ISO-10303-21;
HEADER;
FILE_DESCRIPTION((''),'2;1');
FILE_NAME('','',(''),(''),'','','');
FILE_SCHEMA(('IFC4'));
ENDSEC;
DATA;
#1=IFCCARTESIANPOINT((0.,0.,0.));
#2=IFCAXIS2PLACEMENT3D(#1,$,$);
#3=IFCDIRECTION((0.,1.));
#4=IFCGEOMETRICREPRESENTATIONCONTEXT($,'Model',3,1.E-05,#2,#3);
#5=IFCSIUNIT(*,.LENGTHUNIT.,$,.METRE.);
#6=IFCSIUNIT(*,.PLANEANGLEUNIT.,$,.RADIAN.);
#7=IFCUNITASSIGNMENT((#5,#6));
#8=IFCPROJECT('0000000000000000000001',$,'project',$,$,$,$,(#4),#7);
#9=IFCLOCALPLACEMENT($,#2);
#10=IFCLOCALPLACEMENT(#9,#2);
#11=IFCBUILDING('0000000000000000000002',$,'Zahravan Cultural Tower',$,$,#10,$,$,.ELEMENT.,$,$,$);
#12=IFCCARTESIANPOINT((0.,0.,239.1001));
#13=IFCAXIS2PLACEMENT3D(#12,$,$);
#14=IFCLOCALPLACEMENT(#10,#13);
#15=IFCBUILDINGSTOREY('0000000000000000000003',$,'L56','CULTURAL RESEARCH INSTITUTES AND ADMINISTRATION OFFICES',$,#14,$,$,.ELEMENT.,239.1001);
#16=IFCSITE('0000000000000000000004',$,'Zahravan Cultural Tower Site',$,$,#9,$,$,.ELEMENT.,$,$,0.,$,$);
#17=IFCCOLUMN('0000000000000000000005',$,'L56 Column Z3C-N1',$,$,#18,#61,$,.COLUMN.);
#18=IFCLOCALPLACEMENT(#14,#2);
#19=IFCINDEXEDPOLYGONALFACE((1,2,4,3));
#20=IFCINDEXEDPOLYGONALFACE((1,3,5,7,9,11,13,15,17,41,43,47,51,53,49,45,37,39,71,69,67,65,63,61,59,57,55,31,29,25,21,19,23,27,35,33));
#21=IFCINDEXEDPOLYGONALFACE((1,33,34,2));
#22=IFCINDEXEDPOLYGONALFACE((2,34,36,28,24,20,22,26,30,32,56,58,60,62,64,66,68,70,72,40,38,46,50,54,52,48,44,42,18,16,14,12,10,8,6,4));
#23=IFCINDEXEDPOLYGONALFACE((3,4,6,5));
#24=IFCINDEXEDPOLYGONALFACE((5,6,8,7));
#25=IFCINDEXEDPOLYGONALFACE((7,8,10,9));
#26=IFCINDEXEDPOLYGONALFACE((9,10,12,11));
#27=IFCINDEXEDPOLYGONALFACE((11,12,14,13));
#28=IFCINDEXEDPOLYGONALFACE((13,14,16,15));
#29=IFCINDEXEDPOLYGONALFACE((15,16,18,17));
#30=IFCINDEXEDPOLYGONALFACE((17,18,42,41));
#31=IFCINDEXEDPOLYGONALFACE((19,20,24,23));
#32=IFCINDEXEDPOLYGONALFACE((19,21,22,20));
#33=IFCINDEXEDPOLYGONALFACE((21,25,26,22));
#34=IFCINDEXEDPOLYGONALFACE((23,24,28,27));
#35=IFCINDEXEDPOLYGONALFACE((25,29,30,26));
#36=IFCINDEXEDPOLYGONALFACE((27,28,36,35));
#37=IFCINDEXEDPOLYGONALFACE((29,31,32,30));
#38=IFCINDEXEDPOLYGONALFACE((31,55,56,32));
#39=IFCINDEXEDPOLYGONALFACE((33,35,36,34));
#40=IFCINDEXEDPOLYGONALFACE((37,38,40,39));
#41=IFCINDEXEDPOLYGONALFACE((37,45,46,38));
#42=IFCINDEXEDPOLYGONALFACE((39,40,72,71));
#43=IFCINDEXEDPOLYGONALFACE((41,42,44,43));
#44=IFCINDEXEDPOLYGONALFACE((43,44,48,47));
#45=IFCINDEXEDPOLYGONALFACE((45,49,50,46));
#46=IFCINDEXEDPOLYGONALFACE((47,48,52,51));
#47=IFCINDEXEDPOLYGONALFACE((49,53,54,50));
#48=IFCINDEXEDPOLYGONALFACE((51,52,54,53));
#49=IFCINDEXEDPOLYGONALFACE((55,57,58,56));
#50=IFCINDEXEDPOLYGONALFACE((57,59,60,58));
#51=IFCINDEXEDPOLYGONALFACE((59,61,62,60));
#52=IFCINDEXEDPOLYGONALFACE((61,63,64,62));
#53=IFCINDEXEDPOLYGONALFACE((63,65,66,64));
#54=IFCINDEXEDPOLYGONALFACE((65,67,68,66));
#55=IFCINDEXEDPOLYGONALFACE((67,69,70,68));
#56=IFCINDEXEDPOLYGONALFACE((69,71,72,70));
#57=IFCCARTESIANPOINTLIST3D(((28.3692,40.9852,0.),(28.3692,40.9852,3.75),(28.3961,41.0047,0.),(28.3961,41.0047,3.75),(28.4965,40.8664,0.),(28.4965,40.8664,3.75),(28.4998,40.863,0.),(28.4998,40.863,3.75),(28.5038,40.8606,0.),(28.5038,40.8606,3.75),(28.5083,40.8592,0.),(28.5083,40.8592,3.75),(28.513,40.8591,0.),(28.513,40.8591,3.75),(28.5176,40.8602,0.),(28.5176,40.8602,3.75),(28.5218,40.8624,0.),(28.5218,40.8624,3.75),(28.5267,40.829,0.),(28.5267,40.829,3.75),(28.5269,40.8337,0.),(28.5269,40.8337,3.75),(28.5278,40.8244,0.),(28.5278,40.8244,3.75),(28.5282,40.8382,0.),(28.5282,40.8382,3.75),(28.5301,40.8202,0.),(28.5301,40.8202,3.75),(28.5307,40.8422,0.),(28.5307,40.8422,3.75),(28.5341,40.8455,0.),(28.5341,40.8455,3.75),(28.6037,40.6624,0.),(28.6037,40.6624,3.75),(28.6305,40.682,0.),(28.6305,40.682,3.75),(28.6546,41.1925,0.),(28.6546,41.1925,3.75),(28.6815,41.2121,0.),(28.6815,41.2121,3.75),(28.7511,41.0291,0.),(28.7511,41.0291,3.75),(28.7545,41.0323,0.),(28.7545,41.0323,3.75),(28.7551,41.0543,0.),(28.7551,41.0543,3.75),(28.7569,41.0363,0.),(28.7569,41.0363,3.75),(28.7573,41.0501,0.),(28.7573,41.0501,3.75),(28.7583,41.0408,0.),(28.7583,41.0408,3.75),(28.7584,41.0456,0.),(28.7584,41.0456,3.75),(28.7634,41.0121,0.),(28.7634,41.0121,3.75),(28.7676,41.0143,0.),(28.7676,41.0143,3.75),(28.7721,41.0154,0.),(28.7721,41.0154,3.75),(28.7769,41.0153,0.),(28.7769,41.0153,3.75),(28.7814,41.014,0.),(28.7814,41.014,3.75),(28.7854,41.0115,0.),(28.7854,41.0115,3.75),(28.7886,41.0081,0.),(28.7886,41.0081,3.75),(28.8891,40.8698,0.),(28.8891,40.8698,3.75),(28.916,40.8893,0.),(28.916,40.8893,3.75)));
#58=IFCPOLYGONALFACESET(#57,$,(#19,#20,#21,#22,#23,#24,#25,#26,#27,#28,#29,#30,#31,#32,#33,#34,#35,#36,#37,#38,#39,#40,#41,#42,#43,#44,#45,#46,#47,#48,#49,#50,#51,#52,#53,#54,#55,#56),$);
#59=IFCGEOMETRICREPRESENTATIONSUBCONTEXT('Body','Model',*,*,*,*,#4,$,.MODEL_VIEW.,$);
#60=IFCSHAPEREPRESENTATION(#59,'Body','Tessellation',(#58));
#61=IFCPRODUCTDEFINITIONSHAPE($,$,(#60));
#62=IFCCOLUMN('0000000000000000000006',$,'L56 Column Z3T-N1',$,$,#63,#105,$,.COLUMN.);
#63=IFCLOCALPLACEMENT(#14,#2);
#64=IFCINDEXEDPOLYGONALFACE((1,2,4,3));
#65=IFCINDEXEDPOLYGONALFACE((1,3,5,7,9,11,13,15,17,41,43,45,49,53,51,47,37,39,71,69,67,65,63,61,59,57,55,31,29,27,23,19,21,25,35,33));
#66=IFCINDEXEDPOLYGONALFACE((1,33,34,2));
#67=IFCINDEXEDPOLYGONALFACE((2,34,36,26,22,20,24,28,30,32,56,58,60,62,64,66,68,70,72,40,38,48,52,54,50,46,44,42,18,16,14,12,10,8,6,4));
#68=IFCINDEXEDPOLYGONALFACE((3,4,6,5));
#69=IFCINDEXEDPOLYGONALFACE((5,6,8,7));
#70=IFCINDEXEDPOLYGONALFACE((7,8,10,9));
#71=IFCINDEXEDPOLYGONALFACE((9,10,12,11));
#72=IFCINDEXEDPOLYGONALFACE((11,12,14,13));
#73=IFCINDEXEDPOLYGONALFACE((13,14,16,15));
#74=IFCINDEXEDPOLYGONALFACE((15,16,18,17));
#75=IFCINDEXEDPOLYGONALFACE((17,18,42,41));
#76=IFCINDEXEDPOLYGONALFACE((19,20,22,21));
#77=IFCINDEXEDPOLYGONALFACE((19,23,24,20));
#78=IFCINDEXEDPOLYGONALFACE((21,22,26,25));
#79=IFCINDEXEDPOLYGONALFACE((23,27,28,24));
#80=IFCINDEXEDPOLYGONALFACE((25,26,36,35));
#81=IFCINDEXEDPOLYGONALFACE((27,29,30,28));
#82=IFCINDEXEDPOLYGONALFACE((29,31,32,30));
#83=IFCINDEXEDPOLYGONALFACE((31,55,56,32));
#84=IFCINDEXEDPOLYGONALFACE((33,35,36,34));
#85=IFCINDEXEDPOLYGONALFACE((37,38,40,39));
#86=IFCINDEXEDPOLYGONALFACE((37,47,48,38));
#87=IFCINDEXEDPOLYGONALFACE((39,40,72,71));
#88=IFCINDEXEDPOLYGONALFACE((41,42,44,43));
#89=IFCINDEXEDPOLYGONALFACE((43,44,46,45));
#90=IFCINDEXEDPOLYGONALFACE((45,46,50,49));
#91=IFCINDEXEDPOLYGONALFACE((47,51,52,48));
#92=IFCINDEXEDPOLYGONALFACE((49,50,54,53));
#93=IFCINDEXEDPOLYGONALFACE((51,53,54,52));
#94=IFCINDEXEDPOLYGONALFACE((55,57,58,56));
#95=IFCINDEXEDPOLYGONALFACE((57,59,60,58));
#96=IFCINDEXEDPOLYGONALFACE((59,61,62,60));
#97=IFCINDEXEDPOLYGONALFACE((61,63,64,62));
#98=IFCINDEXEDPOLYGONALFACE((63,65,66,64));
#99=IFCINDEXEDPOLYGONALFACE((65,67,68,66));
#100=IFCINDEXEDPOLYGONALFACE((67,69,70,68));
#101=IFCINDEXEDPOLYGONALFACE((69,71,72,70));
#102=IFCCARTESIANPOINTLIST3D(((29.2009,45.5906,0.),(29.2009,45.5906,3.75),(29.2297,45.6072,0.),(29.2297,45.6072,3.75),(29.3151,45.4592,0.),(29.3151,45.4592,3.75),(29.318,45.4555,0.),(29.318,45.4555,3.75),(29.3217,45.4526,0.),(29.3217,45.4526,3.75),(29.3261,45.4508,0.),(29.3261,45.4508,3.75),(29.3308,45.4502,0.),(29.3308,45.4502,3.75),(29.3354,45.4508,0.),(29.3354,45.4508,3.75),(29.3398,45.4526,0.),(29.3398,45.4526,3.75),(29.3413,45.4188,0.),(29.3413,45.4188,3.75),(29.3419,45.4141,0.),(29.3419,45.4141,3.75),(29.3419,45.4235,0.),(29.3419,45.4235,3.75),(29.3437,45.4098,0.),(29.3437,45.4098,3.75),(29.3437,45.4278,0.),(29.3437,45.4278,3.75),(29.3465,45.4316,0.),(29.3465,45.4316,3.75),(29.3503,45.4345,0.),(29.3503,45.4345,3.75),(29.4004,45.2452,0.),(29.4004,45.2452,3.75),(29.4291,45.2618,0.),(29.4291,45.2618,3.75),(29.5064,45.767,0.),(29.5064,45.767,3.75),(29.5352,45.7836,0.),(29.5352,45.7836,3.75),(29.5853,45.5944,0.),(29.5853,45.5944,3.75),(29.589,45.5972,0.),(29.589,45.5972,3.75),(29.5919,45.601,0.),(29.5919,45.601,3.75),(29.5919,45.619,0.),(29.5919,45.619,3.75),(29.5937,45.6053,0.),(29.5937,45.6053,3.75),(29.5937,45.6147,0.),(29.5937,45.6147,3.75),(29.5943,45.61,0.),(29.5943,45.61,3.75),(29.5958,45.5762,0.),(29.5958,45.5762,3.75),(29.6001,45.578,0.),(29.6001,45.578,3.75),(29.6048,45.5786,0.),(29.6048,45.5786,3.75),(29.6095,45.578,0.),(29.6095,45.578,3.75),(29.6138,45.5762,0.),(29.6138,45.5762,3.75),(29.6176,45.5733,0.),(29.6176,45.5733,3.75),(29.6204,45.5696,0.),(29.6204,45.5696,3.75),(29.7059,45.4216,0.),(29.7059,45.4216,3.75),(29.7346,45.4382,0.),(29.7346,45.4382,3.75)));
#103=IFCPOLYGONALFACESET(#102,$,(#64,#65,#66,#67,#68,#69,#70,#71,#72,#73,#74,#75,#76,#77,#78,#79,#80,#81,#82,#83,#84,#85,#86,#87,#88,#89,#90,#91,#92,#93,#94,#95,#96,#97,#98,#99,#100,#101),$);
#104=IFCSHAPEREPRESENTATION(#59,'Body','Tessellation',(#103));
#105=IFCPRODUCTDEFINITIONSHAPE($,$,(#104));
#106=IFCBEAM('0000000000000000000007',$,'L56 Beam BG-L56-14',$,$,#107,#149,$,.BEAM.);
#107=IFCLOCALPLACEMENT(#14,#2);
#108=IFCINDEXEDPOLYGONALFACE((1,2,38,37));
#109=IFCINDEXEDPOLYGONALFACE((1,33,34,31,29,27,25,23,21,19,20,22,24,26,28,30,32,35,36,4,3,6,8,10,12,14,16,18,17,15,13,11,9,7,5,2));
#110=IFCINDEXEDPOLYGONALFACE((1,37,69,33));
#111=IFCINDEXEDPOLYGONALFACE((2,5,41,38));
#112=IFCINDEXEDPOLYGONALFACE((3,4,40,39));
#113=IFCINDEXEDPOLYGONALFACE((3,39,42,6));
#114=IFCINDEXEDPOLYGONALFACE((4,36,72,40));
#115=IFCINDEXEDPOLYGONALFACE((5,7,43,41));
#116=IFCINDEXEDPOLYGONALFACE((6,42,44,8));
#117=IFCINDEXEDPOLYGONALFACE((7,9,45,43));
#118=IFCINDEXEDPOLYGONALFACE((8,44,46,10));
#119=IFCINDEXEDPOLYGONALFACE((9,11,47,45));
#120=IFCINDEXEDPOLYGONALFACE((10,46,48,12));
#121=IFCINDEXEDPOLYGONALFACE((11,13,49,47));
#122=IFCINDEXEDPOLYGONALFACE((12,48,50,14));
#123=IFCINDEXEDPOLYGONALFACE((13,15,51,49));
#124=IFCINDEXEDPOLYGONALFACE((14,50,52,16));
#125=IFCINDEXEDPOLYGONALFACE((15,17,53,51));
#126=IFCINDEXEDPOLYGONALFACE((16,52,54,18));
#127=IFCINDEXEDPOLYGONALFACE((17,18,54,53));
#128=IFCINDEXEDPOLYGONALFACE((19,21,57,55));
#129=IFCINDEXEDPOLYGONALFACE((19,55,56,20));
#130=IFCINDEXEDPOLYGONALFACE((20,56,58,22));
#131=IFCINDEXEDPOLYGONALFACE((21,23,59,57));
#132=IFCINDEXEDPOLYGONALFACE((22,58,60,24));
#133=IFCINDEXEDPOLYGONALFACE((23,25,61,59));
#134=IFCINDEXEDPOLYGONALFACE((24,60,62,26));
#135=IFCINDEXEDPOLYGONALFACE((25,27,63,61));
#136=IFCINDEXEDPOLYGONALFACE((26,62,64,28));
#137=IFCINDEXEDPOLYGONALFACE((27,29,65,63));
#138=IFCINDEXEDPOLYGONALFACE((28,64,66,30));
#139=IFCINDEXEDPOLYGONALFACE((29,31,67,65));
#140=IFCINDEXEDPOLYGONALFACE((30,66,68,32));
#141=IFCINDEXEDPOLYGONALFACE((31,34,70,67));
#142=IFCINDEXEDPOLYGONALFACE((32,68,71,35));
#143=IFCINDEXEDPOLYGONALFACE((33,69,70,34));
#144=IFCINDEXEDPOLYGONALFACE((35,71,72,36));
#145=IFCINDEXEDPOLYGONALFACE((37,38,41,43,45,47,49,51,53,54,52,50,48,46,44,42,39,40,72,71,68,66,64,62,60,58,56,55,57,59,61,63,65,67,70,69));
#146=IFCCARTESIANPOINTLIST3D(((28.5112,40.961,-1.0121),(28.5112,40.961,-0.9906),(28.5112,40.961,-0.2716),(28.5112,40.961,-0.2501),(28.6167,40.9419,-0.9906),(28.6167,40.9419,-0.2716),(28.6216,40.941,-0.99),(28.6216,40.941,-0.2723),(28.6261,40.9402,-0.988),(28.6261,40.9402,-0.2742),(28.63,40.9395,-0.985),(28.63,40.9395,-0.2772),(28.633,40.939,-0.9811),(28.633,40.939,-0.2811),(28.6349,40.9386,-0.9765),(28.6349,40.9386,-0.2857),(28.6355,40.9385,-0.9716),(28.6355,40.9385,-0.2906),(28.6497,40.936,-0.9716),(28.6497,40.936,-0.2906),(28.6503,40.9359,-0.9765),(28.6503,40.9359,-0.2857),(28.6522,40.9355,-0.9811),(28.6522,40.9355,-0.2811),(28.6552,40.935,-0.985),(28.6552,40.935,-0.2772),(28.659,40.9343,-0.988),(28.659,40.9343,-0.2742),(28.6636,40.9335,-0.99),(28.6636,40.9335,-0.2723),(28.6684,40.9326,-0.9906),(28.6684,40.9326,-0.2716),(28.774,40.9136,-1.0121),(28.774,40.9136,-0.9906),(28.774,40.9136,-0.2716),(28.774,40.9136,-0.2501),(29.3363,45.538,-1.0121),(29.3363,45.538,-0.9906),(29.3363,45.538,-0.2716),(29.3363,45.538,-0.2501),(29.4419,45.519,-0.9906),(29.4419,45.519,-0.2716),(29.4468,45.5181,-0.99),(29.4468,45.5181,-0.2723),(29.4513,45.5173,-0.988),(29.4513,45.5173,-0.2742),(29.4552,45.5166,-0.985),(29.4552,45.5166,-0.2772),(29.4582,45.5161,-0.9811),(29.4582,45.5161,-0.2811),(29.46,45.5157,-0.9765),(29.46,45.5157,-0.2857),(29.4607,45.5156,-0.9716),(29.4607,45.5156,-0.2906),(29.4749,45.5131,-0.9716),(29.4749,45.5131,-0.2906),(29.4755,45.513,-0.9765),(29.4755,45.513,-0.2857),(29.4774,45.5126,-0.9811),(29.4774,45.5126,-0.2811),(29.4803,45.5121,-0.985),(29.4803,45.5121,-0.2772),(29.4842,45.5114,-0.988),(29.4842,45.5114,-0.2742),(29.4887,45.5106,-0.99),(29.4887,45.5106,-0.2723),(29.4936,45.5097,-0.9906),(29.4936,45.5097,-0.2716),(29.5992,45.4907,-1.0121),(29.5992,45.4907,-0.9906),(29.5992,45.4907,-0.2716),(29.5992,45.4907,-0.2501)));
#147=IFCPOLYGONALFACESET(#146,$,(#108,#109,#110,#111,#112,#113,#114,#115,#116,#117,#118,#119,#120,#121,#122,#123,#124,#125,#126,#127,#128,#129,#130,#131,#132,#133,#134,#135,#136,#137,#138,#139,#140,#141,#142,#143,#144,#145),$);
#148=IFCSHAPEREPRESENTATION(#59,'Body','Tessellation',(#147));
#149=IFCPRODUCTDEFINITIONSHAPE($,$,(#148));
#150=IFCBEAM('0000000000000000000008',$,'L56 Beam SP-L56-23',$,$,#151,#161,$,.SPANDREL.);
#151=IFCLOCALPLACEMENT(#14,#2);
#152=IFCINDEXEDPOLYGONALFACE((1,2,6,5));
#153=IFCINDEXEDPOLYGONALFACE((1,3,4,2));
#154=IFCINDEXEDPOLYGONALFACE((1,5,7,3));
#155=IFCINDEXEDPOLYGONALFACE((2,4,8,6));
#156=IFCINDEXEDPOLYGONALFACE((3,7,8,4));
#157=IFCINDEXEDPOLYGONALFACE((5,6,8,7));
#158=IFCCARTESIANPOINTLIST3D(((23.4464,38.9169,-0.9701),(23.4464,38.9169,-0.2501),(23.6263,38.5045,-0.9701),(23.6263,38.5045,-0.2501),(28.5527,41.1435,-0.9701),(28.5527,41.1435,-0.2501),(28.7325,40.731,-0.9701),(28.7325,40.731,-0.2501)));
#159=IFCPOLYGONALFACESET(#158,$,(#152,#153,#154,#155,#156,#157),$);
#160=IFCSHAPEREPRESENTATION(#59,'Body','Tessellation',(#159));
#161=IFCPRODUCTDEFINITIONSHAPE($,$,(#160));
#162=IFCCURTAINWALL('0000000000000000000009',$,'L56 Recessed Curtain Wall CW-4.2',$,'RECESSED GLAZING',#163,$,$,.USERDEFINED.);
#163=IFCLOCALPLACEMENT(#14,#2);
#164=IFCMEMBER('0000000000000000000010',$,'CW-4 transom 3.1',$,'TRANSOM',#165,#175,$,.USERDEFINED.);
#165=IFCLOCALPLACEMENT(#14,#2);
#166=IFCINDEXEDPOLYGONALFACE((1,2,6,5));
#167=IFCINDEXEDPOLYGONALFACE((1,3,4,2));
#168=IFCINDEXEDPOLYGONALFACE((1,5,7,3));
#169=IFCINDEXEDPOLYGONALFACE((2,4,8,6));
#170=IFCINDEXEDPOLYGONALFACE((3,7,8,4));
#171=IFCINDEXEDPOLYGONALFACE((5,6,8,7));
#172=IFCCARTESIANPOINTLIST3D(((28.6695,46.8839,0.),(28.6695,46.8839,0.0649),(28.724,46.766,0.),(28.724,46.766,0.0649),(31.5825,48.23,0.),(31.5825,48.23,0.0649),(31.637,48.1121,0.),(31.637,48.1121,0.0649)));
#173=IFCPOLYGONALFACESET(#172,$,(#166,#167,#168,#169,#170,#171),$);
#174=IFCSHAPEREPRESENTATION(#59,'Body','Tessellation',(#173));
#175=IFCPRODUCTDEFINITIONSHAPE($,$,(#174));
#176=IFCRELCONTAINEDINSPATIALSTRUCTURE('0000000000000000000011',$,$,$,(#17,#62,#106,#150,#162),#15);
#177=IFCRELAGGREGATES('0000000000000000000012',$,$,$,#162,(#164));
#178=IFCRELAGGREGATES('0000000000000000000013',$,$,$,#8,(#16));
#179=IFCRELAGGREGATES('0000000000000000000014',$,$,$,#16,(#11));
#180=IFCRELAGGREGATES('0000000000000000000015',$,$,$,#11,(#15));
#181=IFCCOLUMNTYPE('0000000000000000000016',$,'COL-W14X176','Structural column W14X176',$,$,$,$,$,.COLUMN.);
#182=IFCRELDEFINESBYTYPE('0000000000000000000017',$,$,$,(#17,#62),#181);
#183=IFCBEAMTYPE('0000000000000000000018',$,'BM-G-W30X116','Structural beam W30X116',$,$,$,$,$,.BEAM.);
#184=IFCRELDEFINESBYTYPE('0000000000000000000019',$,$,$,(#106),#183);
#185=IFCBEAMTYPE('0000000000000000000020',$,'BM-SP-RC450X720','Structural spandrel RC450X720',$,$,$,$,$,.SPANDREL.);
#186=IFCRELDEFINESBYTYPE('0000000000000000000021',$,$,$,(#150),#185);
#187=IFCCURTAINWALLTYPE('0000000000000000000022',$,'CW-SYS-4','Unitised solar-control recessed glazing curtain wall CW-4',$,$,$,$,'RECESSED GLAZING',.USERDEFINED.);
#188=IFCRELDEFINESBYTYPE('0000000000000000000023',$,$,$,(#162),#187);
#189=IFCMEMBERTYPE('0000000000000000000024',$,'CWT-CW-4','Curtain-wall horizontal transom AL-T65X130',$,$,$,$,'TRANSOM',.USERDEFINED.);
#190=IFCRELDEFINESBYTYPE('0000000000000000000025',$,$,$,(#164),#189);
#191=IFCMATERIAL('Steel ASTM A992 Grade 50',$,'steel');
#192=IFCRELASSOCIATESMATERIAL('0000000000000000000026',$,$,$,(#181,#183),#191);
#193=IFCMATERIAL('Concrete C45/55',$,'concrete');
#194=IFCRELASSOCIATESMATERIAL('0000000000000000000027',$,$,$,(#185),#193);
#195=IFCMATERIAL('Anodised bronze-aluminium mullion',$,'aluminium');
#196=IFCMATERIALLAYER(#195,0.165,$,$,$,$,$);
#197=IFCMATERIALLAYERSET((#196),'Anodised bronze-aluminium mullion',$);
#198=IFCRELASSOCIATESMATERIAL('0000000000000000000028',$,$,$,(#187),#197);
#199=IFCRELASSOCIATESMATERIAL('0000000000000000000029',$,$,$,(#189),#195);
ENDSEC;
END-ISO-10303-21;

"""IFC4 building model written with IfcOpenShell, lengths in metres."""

from ifc_helpers import new_model, si_unit, direction, frame, origin, origin_2d, place, context, subcontext, project, spatial, rectangle, i_section, extrude, source, transform, mapped, material, layer, layer_set, material_profile, profile_set, type_object, element, aggregate, save


model = new_model("IFC4")

# Units and contexts
model_context = context("Model", 3, precision=1e-05, world=origin(), true_north=direction((0.0, 1.0)))
body_context = subcontext(model_context, "Body", "Model", "MODEL_VIEW")
ifc_project = project(units=[si_unit("LENGTHUNIT", "METRE"), si_unit("PLANEANGLEUNIT", "RADIAN")], contexts=[model_context])

# Site, building, storey
site_placement = place(None, origin())
site = spatial("IfcSite", under=ifc_project, at=site_placement, Name="Zahravan Cultural Tower Site", CompositionType="ELEMENT", RefElevation=0.0)
building_placement = place(site_placement, origin())
building = spatial("IfcBuilding", under=site, at=building_placement, Name="Zahravan Cultural Tower", CompositionType="ELEMENT")
storey_placement = place(building_placement, frame((0.0, 0.0, 239.1001)))
storey = spatial("IfcBuildingStorey", under=building, at=storey_placement, Name="L56", Description="CULTURAL RESEARCH INSTITUTES AND ADMINISTRATION OFFICES", CompositionType="ELEMENT", Elevation=239.1001)

# Columns
ifc_material_1 = material(Name="Steel ASTM A992 Grade 50", Category="steel")
ifc_material_profile_1 = material_profile(ifc_material_1, i_section(OverallWidth=0.3989, OverallDepth=0.386, WebThickness=0.021, FlangeThickness=0.0332, FilletRadius=0.0181, at=origin_2d()), Name="W14X176")
ifc_profile_set_1 = profile_set([ifc_material_profile_1], Name="Steel ASTM A992 Grade 50")
column_type = type_object("IfcColumnType", Name="COL-W14X176", Description="Structural column W14X176", PredefinedType="COLUMN", material=ifc_profile_set_1)
shared_shape_1 = source(origin(), body_context, "Body", "SweptSolid", [
    extrude(i_section(OverallWidth=0.3989, OverallDepth=0.386, WebThickness=0.021, FlangeThickness=0.0332, FilletRadius=0.0181, at=origin_2d()), origin(), (0.0, 0.0, 1.0), 3.75),
])
for number, where, z_axis, x_axis, name in (
    (1, (28.6426, 40.9373, 0.0), (0.0, 0.0, 1.0), (-0.587785, 0.809017, 0.0), "L56 Column Z3C-N1"),
    (2, (29.4678, 45.5144, 0.0), (0.0, 0.0, 1.0), (-0.5, 0.866025, 0.0), "L56 Column Z3T-N1"),
):
    element("IfcColumn", number, at=place(storey_placement, frame(where, z_axis=z_axis, x_axis=x_axis)), inside=storey, type_object=column_type, Name=name, PredefinedType="COLUMN", context=body_context, shape_type="MappedRepresentation", body=[
        mapped(shared_shape_1, transform((0.0, 0.0, 0.0), x_axis=(1.0, 0.0, 0.0), y_axis=(0.0, 1.0, 0.0), z_axis=(0.0, 0.0, 1.0), scale=1.0)),
    ])

# Beams
ifc_material_profile_2 = material_profile(ifc_material_1, i_section(OverallWidth=0.2671, OverallDepth=0.762, WebThickness=0.0144, FlangeThickness=0.0215, FilletRadius=0.019, at=origin_2d()), Name="W30X116")
ifc_profile_set_2 = profile_set([ifc_material_profile_2], Name="Steel ASTM A992 Grade 50")
beam_type_1 = type_object("IfcBeamType", Name="BM-G-W30X116", Description="Structural beam W30X116", PredefinedType="BEAM", material=ifc_profile_set_2)
shared_shape_2 = source(origin(), body_context, "Body", "SweptSolid", [
    extrude(i_section(OverallWidth=0.2671, OverallDepth=0.762, WebThickness=0.0144, FlangeThickness=0.0215, FilletRadius=0.019, at=origin_2d()), origin(), (0.0, 0.0, 1.0), 4.6509),
])
beam_1_placement = place(storey_placement, frame((28.6426, 40.9373, -0.6311), z_axis=(0.177426, 0.984134, 0.0), x_axis=(-0.984134, 0.177426, 0.0)))
element("IfcBeam", 3, at=beam_1_placement, inside=storey, type_object=beam_type_1, Name="L56 Beam BG-L56-14", PredefinedType="BEAM", context=body_context, shape_type="MappedRepresentation", body=[
    mapped(shared_shape_2, transform((0.0, 0.0, 0.0), x_axis=(1.0, 0.0, 0.0), y_axis=(0.0, 1.0, 0.0), z_axis=(0.0, 0.0, 1.0), scale=1.0)),
])
ifc_material_2 = material(Name="Concrete C45/55", Category="concrete")
ifc_material_profile_3 = material_profile(ifc_material_2, rectangle(XDim=0.45, YDim=0.72, at=origin_2d()), Name="RC450X720")
ifc_profile_set_3 = profile_set([ifc_material_profile_3], Name="Concrete C45/55")
beam_type_2 = type_object("IfcBeamType", Name="BM-SP-RC450X720", Description="Structural spandrel RC450X720", PredefinedType="SPANDREL", material=ifc_profile_set_3)
shared_shape_3 = source(origin(), body_context, "Body", "SweptSolid", [
    extrude(rectangle(XDim=0.45, YDim=0.72, at=origin_2d()), origin(), (0.0, 0.0, 1.0), 5.5706),
])
beam_2_placement = place(storey_placement, frame((28.6426, 40.9373, -0.6101), z_axis=(-0.916645, -0.399703, 0.0), x_axis=(0.399703, -0.916645, 0.0)))
element("IfcBeam", 4, at=beam_2_placement, inside=storey, type_object=beam_type_2, Name="L56 Beam SP-L56-23", PredefinedType="SPANDREL", context=body_context, shape_type="MappedRepresentation", body=[
    mapped(shared_shape_3, transform((0.0, 0.0, 0.0), x_axis=(1.0, 0.0, 0.0), y_axis=(0.0, 1.0, 0.0), z_axis=(0.0, 0.0, 1.0), scale=1.0)),
])

# Curtain wall, member
ifc_material_3 = material(Name="Anodised bronze-aluminium mullion", Category="aluminium")
ifc_layer_1 = layer(ifc_material_3, 0.165)
ifc_layer_set_1 = layer_set([ifc_layer_1], Name="Anodised bronze-aluminium mullion")
curtain_wall_type = type_object("IfcCurtainWallType", Name="CW-SYS-4", Description="Unitised solar-control recessed glazing curtain wall CW-4", ElementType="RECESSED GLAZING", PredefinedType="USERDEFINED", material=ifc_layer_set_1)
curtain_wall_placement = place(storey_placement, origin())
curtain_wall = element("IfcCurtainWall", 5, at=curtain_wall_placement, inside=storey, type_object=curtain_wall_type, Name="L56 Recessed Curtain Wall CW-4.2", ObjectType="RECESSED GLAZING", PredefinedType="USERDEFINED")
ifc_material_profile_4 = material_profile(ifc_material_3, rectangle(XDim=0.1299, YDim=0.0649, at=origin_2d()), Name="AL-T65X130")
ifc_profile_set_4 = profile_set([ifc_material_profile_4], Name="Anodised bronze-aluminium mullion")
member_type_1 = type_object("IfcMemberType", Name="CWT-CW-4", Description="Curtain-wall horizontal transom AL-T65X130", ElementType="TRANSOM", PredefinedType="USERDEFINED", material=ifc_profile_set_4)
shared_shape_4 = source(origin(), body_context, "Body", "SweptSolid", [
    extrude(rectangle(XDim=0.1299, YDim=0.0649, at=origin_2d()), origin(), (0.0, 0.0, 1.0), 3.209),
])
member_1_placement = place(storey_placement, frame((28.6968, 46.825, 0.0325), z_axis=(0.907759, 0.419492, 0.0), x_axis=(-0.419492, 0.907759, 0.0)))
member_1 = element("IfcMember", 6, at=member_1_placement, type_object=member_type_1, Name="CW-4 transom 3.1", ObjectType="TRANSOM", PredefinedType="USERDEFINED", context=body_context, shape_type="MappedRepresentation", body=[
    mapped(shared_shape_4, transform((0.0, 0.0, 0.0), x_axis=(1.0, 0.0, 0.0), y_axis=(0.0, 1.0, 0.0), z_axis=(0.0, 0.0, 1.0), scale=1.0)),
])
aggregate(curtain_wall, [member_1])

save(model, "model.ifc")
